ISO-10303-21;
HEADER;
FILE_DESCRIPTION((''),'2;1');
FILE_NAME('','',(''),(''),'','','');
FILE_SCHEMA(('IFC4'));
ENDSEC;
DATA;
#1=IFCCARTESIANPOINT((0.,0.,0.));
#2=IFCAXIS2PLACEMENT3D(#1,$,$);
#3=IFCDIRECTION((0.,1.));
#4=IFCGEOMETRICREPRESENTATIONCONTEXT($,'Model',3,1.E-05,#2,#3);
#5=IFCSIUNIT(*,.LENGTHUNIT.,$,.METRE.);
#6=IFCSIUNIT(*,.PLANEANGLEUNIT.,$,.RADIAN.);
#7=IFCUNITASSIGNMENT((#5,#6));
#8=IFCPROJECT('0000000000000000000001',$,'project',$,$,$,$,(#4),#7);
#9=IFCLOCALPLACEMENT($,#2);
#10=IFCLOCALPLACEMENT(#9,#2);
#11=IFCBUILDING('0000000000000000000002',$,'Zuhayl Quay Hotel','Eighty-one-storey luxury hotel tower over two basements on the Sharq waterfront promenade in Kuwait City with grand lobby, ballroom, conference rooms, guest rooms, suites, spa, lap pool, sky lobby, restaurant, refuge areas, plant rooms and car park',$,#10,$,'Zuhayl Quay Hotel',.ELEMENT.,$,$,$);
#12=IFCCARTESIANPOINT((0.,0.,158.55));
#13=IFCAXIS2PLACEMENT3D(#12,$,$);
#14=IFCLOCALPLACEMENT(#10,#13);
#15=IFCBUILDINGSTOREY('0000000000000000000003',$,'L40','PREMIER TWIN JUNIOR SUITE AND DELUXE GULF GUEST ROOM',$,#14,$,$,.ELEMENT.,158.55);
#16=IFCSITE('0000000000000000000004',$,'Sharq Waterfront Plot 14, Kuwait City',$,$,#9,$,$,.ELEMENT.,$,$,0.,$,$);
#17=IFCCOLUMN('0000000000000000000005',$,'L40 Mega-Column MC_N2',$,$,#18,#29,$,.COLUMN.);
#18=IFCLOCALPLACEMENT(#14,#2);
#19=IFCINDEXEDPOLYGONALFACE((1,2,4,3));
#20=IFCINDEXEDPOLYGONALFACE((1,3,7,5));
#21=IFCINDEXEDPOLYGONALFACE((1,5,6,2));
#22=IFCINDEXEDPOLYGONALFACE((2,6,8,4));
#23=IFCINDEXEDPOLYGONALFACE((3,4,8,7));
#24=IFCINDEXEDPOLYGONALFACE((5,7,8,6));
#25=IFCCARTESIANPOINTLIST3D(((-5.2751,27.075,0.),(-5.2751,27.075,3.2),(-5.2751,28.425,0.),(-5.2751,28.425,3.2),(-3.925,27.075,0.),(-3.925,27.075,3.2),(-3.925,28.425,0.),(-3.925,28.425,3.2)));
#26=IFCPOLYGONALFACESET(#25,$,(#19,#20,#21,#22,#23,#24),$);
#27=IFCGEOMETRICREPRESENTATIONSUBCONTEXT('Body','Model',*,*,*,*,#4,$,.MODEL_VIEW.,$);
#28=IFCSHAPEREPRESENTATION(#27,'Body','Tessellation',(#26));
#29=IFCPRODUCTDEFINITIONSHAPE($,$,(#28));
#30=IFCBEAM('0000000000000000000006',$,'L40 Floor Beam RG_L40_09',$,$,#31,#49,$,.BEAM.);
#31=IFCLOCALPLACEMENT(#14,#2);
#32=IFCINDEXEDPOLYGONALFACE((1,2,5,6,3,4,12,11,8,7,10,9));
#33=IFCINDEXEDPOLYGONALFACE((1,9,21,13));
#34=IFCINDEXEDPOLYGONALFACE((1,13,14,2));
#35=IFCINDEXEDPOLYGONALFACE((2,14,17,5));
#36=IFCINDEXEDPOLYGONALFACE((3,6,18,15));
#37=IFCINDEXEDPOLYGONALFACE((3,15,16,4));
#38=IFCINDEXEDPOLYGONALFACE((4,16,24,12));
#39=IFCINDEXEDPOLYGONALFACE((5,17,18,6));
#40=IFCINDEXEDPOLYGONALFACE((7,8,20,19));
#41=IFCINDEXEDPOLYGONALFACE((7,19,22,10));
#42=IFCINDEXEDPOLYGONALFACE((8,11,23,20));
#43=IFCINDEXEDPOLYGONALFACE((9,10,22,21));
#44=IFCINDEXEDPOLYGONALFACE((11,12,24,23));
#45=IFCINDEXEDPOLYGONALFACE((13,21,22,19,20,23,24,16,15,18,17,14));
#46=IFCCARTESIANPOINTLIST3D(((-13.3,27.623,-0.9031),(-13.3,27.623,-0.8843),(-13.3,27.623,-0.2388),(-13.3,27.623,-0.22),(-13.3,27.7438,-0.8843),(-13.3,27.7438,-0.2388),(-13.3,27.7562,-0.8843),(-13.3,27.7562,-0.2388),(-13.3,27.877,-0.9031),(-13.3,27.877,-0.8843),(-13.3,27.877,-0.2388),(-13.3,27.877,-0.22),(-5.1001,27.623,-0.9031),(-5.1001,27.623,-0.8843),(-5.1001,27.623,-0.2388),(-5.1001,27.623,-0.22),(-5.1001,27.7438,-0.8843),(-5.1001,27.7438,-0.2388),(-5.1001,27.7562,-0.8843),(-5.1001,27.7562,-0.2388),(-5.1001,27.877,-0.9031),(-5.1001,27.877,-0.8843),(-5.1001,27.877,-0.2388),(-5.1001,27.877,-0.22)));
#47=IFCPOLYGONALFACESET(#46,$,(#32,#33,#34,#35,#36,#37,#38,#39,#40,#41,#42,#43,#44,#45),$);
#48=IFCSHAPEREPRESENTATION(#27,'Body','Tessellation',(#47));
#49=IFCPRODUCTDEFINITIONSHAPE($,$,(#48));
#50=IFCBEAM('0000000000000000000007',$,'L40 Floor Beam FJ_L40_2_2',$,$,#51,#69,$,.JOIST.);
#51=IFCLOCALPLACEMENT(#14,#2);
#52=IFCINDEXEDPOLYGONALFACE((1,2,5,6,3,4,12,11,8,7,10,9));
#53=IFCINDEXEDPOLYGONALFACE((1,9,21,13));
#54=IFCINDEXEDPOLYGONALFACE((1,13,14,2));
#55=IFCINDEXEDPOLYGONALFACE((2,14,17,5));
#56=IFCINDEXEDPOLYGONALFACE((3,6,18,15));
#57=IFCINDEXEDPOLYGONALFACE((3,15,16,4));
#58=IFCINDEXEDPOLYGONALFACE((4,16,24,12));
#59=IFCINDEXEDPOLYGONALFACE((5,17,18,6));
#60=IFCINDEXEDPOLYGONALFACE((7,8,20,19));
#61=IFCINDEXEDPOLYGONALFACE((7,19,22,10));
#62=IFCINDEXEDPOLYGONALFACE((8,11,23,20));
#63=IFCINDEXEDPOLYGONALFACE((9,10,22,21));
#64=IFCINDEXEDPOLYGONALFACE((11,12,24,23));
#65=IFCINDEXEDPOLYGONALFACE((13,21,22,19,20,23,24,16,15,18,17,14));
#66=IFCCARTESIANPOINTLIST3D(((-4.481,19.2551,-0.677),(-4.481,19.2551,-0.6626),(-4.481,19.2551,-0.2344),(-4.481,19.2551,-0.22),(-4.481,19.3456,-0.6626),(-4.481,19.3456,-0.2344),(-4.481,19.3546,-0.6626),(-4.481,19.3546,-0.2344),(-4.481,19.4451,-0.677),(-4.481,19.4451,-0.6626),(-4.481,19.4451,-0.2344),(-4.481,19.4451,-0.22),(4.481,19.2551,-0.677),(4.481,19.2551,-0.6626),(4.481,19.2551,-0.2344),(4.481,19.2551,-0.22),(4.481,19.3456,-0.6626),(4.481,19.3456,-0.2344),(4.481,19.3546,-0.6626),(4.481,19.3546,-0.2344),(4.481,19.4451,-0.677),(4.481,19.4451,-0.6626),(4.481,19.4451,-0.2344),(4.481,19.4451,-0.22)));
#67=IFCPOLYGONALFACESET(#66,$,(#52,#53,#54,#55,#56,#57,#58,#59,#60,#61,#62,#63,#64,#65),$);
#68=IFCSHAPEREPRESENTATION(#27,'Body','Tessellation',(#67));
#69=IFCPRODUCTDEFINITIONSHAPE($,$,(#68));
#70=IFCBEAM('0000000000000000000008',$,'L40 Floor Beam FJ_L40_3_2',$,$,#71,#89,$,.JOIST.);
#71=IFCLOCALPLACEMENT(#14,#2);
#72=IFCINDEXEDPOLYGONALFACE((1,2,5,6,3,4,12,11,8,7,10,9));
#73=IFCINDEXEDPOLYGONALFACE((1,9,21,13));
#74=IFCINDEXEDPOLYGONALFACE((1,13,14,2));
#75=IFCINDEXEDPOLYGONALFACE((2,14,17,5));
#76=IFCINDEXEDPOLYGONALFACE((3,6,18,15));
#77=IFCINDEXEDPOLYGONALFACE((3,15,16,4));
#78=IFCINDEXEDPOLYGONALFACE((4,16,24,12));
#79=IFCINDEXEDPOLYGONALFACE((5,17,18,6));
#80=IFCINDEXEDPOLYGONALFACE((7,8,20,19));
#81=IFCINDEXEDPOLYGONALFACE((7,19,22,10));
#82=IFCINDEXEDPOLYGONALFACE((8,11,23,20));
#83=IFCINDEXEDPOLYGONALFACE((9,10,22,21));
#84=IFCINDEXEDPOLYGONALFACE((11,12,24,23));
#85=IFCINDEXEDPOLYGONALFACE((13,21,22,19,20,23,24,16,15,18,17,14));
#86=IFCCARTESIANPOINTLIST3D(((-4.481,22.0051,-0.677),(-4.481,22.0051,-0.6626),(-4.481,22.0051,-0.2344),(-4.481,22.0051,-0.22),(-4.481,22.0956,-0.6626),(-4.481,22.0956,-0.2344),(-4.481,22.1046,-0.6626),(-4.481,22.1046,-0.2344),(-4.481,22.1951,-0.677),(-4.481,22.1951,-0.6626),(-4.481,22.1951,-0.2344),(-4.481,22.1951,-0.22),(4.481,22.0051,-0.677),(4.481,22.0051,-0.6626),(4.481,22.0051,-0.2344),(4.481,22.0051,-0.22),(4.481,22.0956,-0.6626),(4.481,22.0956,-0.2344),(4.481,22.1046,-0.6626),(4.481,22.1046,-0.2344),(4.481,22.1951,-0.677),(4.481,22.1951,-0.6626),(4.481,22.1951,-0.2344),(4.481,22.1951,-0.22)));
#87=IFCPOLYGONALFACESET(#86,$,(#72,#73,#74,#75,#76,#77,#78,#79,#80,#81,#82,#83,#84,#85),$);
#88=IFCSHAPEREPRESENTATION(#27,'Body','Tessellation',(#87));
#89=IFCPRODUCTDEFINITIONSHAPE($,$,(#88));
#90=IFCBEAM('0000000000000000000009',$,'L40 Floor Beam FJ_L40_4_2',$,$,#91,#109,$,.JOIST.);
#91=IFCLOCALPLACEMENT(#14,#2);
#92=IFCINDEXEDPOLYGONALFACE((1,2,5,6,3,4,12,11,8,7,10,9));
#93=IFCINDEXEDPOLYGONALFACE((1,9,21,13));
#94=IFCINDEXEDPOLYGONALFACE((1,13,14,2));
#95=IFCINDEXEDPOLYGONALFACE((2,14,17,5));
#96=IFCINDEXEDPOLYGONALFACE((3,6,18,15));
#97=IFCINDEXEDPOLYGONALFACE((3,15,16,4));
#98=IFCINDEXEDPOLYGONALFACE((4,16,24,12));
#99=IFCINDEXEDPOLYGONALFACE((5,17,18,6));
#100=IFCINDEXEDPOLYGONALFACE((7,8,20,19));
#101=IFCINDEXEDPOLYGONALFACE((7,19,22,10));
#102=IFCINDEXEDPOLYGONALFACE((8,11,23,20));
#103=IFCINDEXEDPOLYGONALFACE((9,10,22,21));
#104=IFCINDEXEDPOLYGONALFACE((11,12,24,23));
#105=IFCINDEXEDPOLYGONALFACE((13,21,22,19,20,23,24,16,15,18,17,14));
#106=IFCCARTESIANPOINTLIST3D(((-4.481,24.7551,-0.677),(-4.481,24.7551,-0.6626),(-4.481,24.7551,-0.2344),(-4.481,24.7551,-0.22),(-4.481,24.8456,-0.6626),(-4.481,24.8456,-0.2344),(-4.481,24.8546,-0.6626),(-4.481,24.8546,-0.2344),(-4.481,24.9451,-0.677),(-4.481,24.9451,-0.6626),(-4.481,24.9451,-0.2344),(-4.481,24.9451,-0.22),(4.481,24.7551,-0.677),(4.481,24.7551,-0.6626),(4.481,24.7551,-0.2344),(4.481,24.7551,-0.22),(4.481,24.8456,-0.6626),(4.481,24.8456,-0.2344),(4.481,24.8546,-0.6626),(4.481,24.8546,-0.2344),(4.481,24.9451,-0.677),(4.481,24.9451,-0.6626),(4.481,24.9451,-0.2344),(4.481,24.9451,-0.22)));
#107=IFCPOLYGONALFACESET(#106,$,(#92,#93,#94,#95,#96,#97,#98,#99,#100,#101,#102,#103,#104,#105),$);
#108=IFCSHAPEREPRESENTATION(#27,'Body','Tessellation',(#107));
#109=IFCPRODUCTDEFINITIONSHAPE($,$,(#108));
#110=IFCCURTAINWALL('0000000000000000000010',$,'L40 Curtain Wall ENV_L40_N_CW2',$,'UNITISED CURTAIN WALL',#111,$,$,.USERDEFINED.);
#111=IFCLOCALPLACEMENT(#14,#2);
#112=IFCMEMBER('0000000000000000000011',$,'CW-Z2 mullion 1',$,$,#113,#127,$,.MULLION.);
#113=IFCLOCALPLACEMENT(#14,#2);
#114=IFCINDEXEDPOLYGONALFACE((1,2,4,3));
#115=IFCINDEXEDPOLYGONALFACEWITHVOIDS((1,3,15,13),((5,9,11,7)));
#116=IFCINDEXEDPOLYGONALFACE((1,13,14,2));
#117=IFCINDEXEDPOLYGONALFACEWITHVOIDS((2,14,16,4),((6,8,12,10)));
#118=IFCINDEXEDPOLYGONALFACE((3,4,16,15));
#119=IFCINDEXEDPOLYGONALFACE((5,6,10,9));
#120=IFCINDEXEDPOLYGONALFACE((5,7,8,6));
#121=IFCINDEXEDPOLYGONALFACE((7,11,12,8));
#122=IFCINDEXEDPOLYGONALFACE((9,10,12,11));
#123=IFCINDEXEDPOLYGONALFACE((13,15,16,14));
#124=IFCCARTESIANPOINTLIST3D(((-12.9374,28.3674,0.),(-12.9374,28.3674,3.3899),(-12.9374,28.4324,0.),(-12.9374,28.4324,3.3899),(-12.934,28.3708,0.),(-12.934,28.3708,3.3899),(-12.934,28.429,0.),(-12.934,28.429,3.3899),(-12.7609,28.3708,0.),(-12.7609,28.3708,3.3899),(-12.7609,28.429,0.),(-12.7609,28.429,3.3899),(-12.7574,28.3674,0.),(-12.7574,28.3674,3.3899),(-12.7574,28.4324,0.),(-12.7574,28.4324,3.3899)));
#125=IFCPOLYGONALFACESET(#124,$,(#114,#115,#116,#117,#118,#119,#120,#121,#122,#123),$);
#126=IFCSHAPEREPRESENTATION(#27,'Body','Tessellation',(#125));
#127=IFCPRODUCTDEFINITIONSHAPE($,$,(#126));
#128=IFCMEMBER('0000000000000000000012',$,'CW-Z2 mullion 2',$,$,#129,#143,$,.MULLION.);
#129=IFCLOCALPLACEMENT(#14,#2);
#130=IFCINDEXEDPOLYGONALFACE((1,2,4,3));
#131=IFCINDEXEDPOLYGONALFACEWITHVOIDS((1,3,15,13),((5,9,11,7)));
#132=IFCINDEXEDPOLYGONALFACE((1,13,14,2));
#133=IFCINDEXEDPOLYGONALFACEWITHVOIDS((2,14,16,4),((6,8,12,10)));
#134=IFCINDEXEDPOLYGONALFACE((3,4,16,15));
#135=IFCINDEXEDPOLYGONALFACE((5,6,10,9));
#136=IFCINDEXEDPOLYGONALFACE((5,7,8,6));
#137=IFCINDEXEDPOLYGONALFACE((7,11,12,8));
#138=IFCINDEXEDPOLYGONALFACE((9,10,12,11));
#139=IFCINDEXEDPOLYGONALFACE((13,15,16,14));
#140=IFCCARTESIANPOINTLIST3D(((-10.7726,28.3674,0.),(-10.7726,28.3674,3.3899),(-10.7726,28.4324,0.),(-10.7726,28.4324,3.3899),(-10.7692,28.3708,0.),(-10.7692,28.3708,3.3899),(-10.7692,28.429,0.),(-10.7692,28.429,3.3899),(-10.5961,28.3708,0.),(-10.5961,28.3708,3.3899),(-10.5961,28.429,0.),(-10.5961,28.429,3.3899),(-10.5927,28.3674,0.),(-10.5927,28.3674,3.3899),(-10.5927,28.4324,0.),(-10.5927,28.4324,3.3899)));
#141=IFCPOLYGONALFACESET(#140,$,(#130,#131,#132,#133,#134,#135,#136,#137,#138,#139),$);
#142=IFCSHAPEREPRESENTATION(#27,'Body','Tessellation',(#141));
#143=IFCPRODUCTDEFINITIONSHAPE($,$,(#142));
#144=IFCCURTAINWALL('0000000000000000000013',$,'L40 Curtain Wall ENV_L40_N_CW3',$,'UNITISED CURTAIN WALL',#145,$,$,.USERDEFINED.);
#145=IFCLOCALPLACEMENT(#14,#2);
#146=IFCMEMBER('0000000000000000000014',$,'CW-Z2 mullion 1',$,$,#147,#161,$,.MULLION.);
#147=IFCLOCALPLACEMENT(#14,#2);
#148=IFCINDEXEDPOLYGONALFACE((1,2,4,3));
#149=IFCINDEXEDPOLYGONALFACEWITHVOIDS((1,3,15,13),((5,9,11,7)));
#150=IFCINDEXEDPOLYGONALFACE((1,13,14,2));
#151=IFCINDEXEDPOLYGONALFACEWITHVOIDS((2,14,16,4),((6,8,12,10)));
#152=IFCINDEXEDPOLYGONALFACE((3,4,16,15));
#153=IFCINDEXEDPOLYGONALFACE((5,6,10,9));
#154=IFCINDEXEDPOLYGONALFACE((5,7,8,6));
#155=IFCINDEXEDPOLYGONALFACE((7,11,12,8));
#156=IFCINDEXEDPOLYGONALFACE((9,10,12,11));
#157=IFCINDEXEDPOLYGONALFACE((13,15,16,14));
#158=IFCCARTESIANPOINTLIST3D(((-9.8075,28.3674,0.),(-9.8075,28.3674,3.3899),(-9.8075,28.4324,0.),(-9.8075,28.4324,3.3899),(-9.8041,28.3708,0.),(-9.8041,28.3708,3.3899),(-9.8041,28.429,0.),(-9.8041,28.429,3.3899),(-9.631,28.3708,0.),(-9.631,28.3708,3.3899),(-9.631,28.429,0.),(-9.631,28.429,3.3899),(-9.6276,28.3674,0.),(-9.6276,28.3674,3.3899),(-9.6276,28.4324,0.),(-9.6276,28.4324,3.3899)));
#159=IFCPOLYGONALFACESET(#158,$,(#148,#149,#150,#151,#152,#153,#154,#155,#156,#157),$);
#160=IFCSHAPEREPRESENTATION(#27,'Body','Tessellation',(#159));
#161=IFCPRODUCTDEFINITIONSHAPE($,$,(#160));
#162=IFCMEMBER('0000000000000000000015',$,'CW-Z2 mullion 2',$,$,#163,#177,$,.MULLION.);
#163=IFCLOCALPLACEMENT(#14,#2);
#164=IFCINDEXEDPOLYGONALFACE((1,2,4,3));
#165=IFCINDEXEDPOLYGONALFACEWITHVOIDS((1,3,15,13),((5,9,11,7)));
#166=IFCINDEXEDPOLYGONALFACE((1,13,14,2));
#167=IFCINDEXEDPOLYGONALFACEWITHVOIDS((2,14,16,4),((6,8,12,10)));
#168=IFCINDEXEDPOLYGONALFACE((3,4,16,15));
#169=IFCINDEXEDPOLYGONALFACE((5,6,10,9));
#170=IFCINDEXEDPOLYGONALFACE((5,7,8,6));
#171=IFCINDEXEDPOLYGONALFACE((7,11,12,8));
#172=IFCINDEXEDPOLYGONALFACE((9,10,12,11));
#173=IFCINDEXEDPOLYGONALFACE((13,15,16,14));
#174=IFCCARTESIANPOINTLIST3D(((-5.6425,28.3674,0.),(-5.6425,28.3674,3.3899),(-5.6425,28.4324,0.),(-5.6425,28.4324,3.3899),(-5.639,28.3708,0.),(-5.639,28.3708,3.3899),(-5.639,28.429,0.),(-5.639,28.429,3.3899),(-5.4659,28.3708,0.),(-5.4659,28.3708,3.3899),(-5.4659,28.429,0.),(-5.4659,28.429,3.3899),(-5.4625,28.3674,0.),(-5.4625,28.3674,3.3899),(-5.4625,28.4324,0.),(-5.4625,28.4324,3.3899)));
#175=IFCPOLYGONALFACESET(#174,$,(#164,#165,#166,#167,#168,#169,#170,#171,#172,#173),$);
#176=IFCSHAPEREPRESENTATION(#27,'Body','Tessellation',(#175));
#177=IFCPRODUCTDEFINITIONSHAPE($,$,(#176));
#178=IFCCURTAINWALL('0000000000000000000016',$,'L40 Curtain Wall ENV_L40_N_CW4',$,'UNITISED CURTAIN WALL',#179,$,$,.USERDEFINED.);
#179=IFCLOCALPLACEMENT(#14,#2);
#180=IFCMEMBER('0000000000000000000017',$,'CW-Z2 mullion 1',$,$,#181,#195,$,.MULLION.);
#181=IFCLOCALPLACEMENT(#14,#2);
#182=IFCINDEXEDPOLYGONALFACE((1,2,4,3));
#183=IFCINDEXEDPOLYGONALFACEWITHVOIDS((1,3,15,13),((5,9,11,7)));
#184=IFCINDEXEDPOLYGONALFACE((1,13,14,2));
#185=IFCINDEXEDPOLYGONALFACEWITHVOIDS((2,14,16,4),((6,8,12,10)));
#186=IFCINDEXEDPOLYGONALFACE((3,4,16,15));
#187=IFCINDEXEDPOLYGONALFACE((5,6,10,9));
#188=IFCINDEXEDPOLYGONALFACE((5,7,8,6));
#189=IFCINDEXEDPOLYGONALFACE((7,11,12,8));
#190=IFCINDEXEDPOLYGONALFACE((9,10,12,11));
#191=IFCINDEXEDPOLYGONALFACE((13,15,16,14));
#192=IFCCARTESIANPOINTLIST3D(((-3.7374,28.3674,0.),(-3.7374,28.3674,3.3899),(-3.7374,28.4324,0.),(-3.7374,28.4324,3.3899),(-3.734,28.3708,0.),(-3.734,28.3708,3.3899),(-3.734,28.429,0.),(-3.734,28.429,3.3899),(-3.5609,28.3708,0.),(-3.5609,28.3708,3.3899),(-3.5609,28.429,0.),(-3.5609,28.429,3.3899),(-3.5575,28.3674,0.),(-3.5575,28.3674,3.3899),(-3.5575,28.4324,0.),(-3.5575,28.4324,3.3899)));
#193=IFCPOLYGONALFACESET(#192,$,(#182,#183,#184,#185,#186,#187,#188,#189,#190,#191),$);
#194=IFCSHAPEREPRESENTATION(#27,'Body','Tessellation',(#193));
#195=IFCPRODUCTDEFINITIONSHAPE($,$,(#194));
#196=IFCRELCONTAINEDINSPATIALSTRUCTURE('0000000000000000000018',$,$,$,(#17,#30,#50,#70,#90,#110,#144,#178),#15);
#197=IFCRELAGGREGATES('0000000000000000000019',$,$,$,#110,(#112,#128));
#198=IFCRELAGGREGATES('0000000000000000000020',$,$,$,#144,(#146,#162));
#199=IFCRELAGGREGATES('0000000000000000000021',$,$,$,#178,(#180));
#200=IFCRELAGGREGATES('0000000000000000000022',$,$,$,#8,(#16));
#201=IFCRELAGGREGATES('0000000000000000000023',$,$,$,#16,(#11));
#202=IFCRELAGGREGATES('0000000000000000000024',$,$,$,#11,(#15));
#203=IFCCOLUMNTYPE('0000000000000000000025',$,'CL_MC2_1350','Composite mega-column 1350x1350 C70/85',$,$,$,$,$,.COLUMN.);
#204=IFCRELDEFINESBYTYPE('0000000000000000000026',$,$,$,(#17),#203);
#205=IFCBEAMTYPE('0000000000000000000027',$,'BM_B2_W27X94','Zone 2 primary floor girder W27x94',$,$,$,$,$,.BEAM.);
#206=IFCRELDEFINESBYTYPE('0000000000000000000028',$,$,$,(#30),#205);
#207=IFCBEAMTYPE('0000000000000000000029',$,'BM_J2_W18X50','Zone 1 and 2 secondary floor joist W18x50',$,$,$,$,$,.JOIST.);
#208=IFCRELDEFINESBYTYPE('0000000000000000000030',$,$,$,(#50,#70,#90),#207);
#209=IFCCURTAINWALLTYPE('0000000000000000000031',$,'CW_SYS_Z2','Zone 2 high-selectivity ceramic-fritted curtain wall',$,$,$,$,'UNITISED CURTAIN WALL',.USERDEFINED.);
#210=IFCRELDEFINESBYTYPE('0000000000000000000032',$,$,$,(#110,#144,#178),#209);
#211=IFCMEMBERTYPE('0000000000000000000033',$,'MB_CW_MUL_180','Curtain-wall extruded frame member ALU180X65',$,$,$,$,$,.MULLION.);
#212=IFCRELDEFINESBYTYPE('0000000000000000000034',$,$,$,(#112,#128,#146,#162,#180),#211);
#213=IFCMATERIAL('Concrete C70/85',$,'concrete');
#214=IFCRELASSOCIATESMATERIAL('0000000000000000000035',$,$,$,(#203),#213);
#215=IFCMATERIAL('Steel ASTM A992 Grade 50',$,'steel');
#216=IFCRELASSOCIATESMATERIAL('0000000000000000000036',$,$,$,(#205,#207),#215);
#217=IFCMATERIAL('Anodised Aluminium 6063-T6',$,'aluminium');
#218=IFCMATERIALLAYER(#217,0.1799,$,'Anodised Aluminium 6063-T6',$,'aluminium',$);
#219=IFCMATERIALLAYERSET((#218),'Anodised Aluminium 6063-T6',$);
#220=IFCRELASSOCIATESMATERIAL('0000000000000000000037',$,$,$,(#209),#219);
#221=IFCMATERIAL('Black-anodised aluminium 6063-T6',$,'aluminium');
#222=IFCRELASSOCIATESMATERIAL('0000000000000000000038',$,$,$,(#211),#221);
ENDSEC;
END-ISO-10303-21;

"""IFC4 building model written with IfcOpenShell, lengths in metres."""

from ifc_helpers import new_model, si_unit, direction, frame, origin, origin_2d, place, context, subcontext, project, spatial, rectangle, hollow_rectangle, i_section, extrude, material, layer, layer_set, material_profile, profile_set, type_object, element, aggregate, save


model = new_model("IFC4")

# Units and contexts
model_context = context("Model", 3, precision=1e-05, world=origin(), true_north=direction((0.0, 1.0)))
body_context = subcontext(model_context, "Body", "Model", "MODEL_VIEW")
ifc_project = project(units=[si_unit("LENGTHUNIT", "METRE"), si_unit("PLANEANGLEUNIT", "RADIAN")], contexts=[model_context])

# Site, building, storey
site_placement = place(None, origin())
site = spatial("IfcSite", under=ifc_project, at=site_placement, Name="Sharq Waterfront Plot 14, Kuwait City", CompositionType="ELEMENT", RefElevation=0.0)
building_placement = place(site_placement, origin())
building = spatial("IfcBuilding", under=site, at=building_placement, Name="Zuhayl Quay Hotel", Description="Eighty-one-storey luxury hotel tower over two basements on the Sharq waterfront promenade in Kuwait City with grand lobby, ballroom, conference rooms, guest rooms, suites, spa, lap pool, sky lobby, restaurant, refuge areas, plant rooms and car park", LongName="Zuhayl Quay Hotel", CompositionType="ELEMENT")
storey_placement = place(building_placement, frame((0.0, 0.0, 158.55)))
storey = spatial("IfcBuildingStorey", under=building, at=storey_placement, Name="L40", Description="PREMIER TWIN JUNIOR SUITE AND DELUXE GULF GUEST ROOM", CompositionType="ELEMENT", Elevation=158.55)

# Column
ifc_material_1 = material(Name="Concrete C70/85", Category="concrete")
ifc_material_profile_1 = material_profile(ifc_material_1, rectangle(XDim=1.3501, YDim=1.3501, at=origin_2d()), Name="RC1350X1350")
ifc_profile_set_1 = profile_set([ifc_material_profile_1], Name="Concrete C70/85")
column_type = type_object("IfcColumnType", Name="CL_MC2_1350", Description="Composite mega-column 1350x1350 C70/85", PredefinedType="COLUMN", material=ifc_profile_set_1)
column_placement = place(storey_placement, frame((-4.6001, 27.75, 0.0), z_axis=(0.0, 0.0, 1.0), x_axis=(1.0, 0.0, 0.0)))
element("IfcColumn", 1, at=column_placement, inside=storey, type_object=column_type, Name="L40 Mega-Column MC_N2", PredefinedType="COLUMN", context=body_context, shape_type="SweptSolid", body=[
    extrude(rectangle(XDim=1.3501, YDim=1.3501, at=origin_2d()), origin(), (0.0, 0.0, 1.0), 3.2),
])

# Beams
ifc_material_2 = material(Name="Steel ASTM A992 Grade 50", Category="steel")
ifc_material_profile_2 = material_profile(ifc_material_2, i_section(OverallWidth=0.2539, OverallDepth=0.6831, WebThickness=0.0125, FlangeThickness=0.0188, at=origin_2d()), Name="W27X94")
ifc_profile_set_2 = profile_set([ifc_material_profile_2], Name="Steel ASTM A992 Grade 50")
beam_type_1 = type_object("IfcBeamType", Name="BM_B2_W27X94", Description="Zone 2 primary floor girder W27x94", PredefinedType="BEAM", material=ifc_profile_set_2)
beam_placement = place(storey_placement, frame((-5.1001, 27.75, -0.5615), z_axis=(-1.0, 0.0, 0.0), x_axis=(0.0, -1.0, 0.0)))
element("IfcBeam", 2, at=beam_placement, inside=storey, type_object=beam_type_1, Name="L40 Floor Beam RG_L40_09", PredefinedType="BEAM", context=body_context, shape_type="SweptSolid", body=[
    extrude(i_section(OverallWidth=0.2539, OverallDepth=0.6831, WebThickness=0.0125, FlangeThickness=0.0188, at=origin_2d()), origin(), (0.0, 0.0, 1.0), 8.2),
])
ifc_material_profile_3 = material_profile(ifc_material_2, i_section(OverallWidth=0.1899, OverallDepth=0.457, WebThickness=0.009, FlangeThickness=0.0144, at=origin_2d()), Name="W18X50")
ifc_profile_set_3 = profile_set([ifc_material_profile_3], Name="Steel ASTM A992 Grade 50")
beam_type_2 = type_object("IfcBeamType", Name="BM_J2_W18X50", Description="Zone 1 and 2 secondary floor joist W18x50", PredefinedType="JOIST", material=ifc_profile_set_3)
for number, where, z_axis, x_axis, name in (
    (3, (-4.481, 19.3501, -0.4485), (1.0, 0.0, 0.0), (0.0, 1.0, 0.0), "L40 Floor Beam FJ_L40_2_2"),
    (4, (-4.481, 22.1001, -0.4485), (1.0, 0.0, 0.0), (0.0, 1.0, 0.0), "L40 Floor Beam FJ_L40_3_2"),
    (5, (-4.481, 24.8501, -0.4485), (1.0, 0.0, 0.0), (0.0, 1.0, 0.0), "L40 Floor Beam FJ_L40_4_2"),
):
    element("IfcBeam", number, at=place(storey_placement, frame(where, z_axis=z_axis, x_axis=x_axis)), inside=storey, type_object=beam_type_2, Name=name, PredefinedType="JOIST", context=body_context, shape_type="SweptSolid", body=[
        extrude(i_section(OverallWidth=0.1899, OverallDepth=0.457, WebThickness=0.009, FlangeThickness=0.0144, at=origin_2d()), origin(), (0.0, 0.0, 1.0), 8.9619),
    ])

# Curtain walls, members
ifc_material_3 = material(Name="Anodised Aluminium 6063-T6", Category="aluminium")
ifc_layer_1 = layer(ifc_material_3, 0.1799, Name="Anodised Aluminium 6063-T6", Category="aluminium")
ifc_layer_set_1 = layer_set([ifc_layer_1], Name="Anodised Aluminium 6063-T6")
curtain_wall_type = type_object("IfcCurtainWallType", Name="CW_SYS_Z2", Description="Zone 2 high-selectivity ceramic-fritted curtain wall", ElementType="UNITISED CURTAIN WALL", PredefinedType="USERDEFINED", material=ifc_layer_set_1)
curtain_wall_1_placement = place(storey_placement, origin())
curtain_wall_1 = element("IfcCurtainWall", 6, at=curtain_wall_1_placement, inside=storey, type_object=curtain_wall_type, Name="L40 Curtain Wall ENV_L40_N_CW2", ObjectType="UNITISED CURTAIN WALL", PredefinedType="USERDEFINED")
ifc_material_4 = material(Name="Black-anodised aluminium 6063-T6", Category="aluminium")
ifc_material_profile_4 = material_profile(ifc_material_4, hollow_rectangle(XDim=0.0649, YDim=0.1799, WallThickness=0.0034, at=origin_2d()), Name="ALU180X65")
ifc_profile_set_4 = profile_set([ifc_material_profile_4], Name="Black-anodised aluminium 6063-T6")
member_type_1 = type_object("IfcMemberType", Name="MB_CW_MUL_180", Description="Curtain-wall extruded frame member ALU180X65", PredefinedType="MULLION", material=ifc_profile_set_4)
member_1_placement = place(storey_placement, frame((-12.8474, 28.3999, 0.0), z_axis=(0.0, 0.0, 1.0), x_axis=(0.0, 1.0, 0.0)))
member_1 = element("IfcMember", 7, at=member_1_placement, type_object=member_type_1, Name="CW-Z2 mullion 1", PredefinedType="MULLION", context=body_context, shape_type="SweptSolid", body=[
    extrude(hollow_rectangle(XDim=0.0649, YDim=0.1799, WallThickness=0.0034, at=origin_2d()), origin(), (0.0, 0.0, 1.0), 3.3899),
])
member_2_placement = place(storey_placement, frame((-10.6826, 28.3999, 0.0), z_axis=(0.0, 0.0, 1.0), x_axis=(0.0, 1.0, 0.0)))
member_2 = element("IfcMember", 8, at=member_2_placement, type_object=member_type_1, Name="CW-Z2 mullion 2", PredefinedType="MULLION", context=body_context, shape_type="SweptSolid", body=[
    extrude(hollow_rectangle(XDim=0.0649, YDim=0.1799, WallThickness=0.0034, at=origin_2d()), origin(), (0.0, 0.0, 1.0), 3.3899),
])
curtain_wall_2_placement = place(storey_placement, origin())
curtain_wall_2 = element("IfcCurtainWall", 9, at=curtain_wall_2_placement, inside=storey, type_object=curtain_wall_type, Name="L40 Curtain Wall ENV_L40_N_CW3", ObjectType="UNITISED CURTAIN WALL", PredefinedType="USERDEFINED")
member_3_placement = place(storey_placement, frame((-9.7175, 28.3999, 0.0), z_axis=(0.0, 0.0, 1.0), x_axis=(0.0, 1.0, 0.0)))
member_3 = element("IfcMember", 10, at=member_3_placement, type_object=member_type_1, Name="CW-Z2 mullion 1", PredefinedType="MULLION", context=body_context, shape_type="SweptSolid", body=[
    extrude(hollow_rectangle(XDim=0.0649, YDim=0.1799, WallThickness=0.0034, at=origin_2d()), origin(), (0.0, 0.0, 1.0), 3.3899),
])
member_4_placement = place(storey_placement, frame((-5.5525, 28.3999, 0.0), z_axis=(0.0, 0.0, 1.0), x_axis=(0.0, 1.0, 0.0)))
member_4 = element("IfcMember", 11, at=member_4_placement, type_object=member_type_1, Name="CW-Z2 mullion 2", PredefinedType="MULLION", context=body_context, shape_type="SweptSolid", body=[
    extrude(hollow_rectangle(XDim=0.0649, YDim=0.1799, WallThickness=0.0034, at=origin_2d()), origin(), (0.0, 0.0, 1.0), 3.3899),
])

# Curtain wall, member
curtain_wall_3_placement = place(storey_placement, origin())
curtain_wall_3 = element("IfcCurtainWall", 12, at=curtain_wall_3_placement, inside=storey, type_object=curtain_wall_type, Name="L40 Curtain Wall ENV_L40_N_CW4", ObjectType="UNITISED CURTAIN WALL", PredefinedType="USERDEFINED")
member_5_placement = place(storey_placement, frame((-3.6475, 28.3999, 0.0), z_axis=(0.0, 0.0, 1.0), x_axis=(0.0, 1.0, 0.0)))
member_5 = element("IfcMember", 13, at=member_5_placement, type_object=member_type_1, Name="CW-Z2 mullion 1", PredefinedType="MULLION", context=body_context, shape_type="SweptSolid", body=[
    extrude(hollow_rectangle(XDim=0.0649, YDim=0.1799, WallThickness=0.0034, at=origin_2d()), origin(), (0.0, 0.0, 1.0), 3.3899),
])

aggregate(curtain_wall_1, [member_1, member_2])
aggregate(curtain_wall_2, [member_3, member_4])
aggregate(curtain_wall_3, [member_5])

save(model, "model.ifc")
